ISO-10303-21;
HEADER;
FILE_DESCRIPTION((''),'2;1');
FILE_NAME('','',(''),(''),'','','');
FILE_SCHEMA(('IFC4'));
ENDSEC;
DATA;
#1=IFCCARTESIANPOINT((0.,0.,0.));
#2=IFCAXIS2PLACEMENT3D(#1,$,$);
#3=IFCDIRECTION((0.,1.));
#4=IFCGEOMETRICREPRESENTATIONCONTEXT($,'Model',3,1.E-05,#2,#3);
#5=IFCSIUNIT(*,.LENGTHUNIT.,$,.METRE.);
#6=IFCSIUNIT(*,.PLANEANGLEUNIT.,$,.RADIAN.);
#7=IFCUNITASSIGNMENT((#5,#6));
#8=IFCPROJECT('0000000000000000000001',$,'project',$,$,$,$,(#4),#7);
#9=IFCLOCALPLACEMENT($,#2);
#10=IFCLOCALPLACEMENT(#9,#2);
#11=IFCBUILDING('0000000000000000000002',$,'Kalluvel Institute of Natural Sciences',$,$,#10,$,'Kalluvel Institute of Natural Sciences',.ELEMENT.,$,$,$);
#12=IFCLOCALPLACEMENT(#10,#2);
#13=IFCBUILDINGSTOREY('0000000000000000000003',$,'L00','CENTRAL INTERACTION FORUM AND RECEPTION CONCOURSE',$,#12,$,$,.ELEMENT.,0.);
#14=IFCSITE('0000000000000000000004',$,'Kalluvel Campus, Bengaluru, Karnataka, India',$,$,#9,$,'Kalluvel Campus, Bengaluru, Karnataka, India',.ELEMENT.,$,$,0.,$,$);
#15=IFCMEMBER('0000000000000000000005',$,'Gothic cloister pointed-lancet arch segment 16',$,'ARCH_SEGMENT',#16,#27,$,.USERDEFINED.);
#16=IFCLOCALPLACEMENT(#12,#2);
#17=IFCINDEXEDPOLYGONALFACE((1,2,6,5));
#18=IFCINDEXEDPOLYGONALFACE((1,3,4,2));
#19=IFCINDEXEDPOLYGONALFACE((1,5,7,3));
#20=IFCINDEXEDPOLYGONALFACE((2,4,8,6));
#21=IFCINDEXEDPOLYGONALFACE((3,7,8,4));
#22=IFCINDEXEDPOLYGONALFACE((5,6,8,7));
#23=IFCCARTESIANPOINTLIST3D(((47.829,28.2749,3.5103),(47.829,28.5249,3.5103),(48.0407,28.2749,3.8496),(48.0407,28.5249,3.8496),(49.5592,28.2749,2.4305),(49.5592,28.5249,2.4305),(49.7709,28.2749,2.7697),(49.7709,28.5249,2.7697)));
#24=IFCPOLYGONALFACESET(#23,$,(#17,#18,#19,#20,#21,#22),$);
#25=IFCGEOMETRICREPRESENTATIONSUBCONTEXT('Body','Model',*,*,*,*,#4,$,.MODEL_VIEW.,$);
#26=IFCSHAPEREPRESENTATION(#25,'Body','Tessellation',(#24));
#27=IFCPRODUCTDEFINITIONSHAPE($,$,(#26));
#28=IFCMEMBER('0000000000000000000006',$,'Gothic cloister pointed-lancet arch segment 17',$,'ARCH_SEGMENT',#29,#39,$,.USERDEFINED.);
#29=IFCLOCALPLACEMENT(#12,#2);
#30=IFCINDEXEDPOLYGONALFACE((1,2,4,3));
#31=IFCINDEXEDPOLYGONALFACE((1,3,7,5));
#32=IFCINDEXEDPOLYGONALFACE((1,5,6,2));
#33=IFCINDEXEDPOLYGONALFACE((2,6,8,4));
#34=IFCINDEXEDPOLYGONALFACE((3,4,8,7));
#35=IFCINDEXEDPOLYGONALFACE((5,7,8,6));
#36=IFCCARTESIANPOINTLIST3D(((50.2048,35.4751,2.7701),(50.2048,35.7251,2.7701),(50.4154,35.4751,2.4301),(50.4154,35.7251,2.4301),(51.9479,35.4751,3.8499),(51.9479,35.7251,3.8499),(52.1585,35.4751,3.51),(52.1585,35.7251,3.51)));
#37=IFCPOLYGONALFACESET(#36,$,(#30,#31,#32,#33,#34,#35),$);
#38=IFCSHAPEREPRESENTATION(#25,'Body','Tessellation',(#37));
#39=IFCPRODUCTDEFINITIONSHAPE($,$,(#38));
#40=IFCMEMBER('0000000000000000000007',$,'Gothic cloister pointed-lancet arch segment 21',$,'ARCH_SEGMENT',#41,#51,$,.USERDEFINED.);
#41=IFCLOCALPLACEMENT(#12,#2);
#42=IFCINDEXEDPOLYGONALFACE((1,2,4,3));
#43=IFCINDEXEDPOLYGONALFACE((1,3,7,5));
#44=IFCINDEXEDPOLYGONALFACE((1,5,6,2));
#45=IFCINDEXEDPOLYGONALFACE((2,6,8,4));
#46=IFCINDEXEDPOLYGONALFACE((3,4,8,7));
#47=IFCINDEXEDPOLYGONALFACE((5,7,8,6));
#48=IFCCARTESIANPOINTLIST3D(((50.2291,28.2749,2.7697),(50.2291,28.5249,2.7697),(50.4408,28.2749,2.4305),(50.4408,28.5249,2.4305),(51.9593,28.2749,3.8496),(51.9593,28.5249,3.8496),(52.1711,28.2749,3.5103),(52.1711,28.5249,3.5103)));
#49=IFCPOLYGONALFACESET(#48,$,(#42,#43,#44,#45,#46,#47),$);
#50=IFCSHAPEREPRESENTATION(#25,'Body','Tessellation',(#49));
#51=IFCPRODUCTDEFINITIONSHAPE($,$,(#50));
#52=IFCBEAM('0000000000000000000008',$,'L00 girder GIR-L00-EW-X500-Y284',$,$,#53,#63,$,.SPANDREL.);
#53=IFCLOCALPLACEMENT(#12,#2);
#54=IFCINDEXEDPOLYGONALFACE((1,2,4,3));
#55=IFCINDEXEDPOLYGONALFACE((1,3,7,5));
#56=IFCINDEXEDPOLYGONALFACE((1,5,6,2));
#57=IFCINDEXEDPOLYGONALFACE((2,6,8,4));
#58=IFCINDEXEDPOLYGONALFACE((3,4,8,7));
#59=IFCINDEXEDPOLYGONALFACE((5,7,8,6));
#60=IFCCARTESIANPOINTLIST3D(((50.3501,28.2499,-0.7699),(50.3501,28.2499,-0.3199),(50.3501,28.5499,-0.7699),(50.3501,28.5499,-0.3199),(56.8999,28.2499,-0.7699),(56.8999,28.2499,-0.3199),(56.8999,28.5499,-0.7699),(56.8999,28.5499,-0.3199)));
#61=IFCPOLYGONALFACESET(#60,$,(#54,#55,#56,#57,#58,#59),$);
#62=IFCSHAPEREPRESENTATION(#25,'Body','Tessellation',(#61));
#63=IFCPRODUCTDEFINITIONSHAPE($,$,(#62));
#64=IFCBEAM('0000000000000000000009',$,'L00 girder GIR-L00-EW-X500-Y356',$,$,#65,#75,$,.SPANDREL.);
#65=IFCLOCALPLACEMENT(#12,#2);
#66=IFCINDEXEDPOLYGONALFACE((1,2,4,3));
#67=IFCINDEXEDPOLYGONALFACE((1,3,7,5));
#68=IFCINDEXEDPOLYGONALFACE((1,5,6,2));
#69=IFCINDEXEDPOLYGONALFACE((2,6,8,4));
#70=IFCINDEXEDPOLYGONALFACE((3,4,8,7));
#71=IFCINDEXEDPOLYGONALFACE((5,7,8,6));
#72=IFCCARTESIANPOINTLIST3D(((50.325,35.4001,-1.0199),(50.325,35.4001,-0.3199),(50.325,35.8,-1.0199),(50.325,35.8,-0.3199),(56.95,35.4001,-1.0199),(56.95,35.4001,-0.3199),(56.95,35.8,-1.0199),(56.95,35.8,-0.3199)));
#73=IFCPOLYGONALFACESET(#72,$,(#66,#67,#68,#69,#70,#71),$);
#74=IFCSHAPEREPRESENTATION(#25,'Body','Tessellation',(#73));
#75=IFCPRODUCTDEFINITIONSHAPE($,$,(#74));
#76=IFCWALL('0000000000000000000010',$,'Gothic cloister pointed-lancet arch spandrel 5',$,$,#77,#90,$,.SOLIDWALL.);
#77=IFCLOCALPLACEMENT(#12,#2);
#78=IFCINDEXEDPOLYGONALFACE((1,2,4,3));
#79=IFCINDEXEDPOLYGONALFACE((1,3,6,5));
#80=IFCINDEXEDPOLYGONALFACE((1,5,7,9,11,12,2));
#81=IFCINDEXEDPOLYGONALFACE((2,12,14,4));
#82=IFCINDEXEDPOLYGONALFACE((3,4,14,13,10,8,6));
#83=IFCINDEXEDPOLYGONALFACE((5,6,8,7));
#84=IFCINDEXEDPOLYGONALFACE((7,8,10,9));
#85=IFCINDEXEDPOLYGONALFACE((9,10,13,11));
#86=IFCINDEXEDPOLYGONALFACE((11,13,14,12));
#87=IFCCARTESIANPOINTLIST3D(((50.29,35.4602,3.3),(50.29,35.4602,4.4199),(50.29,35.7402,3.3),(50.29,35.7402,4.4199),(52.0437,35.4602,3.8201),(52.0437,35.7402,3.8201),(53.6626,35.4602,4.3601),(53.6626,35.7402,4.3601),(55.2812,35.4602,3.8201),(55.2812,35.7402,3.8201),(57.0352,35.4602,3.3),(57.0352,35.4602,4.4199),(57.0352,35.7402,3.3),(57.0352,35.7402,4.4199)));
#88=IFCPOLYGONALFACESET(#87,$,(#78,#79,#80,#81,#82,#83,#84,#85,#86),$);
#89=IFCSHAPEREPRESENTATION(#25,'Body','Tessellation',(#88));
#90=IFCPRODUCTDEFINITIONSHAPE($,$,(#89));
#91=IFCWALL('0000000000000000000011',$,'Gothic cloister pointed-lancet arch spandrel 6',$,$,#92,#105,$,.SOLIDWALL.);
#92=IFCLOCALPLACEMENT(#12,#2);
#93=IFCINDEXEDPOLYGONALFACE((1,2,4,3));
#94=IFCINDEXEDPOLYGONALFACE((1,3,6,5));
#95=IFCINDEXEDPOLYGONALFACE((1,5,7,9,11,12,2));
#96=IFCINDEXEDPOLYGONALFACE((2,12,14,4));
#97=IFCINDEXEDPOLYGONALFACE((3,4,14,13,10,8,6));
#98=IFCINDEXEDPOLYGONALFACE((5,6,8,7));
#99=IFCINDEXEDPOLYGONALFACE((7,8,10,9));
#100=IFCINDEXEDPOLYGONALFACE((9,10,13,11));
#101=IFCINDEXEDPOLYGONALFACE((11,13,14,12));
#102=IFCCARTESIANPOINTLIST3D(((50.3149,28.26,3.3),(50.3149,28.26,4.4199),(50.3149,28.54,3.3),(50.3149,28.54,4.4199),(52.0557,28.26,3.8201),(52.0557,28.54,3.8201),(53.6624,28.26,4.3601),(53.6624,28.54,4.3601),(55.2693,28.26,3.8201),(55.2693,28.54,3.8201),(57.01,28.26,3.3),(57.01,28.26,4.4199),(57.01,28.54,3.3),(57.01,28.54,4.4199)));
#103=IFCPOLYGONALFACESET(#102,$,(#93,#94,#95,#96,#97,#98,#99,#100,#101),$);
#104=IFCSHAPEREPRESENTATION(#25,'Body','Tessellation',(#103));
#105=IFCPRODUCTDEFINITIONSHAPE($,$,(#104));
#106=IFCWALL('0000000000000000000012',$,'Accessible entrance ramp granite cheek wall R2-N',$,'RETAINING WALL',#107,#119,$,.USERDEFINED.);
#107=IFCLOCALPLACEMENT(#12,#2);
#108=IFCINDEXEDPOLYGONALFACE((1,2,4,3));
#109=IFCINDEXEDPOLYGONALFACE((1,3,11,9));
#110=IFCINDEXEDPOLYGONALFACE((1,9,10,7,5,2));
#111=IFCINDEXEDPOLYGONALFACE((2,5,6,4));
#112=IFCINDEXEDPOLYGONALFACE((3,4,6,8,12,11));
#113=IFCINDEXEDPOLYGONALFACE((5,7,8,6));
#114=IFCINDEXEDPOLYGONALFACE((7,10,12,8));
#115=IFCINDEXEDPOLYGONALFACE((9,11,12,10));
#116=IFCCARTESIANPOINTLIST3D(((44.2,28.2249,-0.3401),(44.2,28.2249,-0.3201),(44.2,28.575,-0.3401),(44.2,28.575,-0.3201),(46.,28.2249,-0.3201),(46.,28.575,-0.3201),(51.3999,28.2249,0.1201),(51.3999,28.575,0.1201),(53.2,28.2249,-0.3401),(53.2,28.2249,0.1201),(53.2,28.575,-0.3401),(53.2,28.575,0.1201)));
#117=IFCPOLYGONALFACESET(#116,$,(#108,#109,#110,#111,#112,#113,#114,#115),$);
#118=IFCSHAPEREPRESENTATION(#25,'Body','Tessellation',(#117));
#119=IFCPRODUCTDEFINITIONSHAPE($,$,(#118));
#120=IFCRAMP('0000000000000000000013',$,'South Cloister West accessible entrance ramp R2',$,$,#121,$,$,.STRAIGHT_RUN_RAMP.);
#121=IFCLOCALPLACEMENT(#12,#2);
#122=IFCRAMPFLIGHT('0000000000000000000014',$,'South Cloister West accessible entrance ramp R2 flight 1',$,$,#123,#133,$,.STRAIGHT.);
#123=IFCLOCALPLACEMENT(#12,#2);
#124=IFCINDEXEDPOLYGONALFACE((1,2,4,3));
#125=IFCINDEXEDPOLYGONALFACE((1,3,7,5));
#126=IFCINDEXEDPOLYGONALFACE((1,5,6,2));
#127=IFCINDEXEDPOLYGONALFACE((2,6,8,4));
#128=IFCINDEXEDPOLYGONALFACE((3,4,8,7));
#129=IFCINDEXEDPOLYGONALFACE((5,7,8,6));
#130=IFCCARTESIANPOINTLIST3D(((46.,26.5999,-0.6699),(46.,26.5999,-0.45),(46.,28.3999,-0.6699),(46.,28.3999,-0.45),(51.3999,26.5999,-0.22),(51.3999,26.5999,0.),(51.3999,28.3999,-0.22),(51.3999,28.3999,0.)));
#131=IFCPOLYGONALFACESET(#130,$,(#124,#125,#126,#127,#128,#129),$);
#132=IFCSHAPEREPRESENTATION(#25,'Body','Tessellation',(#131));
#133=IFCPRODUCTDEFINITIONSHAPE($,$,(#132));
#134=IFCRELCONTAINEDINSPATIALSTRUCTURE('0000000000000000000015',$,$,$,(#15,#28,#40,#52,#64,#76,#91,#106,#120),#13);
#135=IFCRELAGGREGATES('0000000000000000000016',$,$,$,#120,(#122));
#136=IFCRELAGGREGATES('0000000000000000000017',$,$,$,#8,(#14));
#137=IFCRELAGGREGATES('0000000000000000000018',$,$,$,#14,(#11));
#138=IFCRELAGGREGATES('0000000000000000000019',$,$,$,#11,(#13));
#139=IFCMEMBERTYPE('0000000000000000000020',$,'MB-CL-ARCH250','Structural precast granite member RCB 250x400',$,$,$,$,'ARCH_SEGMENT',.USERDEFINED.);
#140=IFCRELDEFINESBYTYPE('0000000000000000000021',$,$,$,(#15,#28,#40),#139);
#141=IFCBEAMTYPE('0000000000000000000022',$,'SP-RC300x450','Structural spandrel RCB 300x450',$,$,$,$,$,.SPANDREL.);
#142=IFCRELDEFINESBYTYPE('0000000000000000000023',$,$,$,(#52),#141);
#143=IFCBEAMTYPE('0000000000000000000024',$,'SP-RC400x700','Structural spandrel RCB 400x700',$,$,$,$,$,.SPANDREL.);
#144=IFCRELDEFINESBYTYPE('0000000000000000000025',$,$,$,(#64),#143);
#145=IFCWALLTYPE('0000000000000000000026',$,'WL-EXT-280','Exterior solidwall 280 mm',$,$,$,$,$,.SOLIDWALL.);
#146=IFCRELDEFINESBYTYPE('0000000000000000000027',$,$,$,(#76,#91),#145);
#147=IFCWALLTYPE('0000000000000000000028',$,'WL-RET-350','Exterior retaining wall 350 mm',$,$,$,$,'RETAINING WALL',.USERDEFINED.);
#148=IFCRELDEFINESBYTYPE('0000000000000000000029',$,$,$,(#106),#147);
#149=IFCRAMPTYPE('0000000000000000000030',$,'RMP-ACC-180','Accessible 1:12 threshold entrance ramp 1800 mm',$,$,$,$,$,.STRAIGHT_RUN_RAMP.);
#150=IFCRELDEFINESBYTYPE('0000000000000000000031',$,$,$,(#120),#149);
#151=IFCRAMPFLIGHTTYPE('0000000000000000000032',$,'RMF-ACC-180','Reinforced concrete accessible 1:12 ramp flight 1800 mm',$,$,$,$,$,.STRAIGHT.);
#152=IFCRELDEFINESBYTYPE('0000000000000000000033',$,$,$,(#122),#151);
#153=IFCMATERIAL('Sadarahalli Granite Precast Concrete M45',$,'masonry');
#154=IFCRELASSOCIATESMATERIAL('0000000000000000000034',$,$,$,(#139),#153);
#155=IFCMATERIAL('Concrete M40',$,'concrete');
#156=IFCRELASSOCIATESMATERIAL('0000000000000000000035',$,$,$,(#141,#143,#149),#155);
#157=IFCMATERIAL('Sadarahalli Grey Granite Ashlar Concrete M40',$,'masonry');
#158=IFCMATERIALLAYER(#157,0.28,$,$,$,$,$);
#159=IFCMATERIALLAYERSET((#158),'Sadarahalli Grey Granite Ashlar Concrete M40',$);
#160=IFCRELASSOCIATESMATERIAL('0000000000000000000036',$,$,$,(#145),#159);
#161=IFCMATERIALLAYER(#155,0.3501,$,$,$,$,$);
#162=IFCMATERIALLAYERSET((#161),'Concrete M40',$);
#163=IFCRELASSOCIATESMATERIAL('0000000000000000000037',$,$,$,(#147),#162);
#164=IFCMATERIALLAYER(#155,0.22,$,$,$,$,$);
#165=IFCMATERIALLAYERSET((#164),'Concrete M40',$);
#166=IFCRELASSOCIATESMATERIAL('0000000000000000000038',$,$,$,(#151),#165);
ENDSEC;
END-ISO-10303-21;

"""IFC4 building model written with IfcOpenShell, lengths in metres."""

from ifc_helpers import new_model, si_unit, direction, frame, origin, origin_2d, place, context, subcontext, project, spatial, polyline, rectangle, outline, extrude, material, layer, layer_set, material_profile, profile_set, type_object, element, aggregate, save


model = new_model("IFC4")

# Units and contexts
model_context = context("Model", 3, precision=1e-05, world=origin(), true_north=direction((0.0, 1.0)))
body_context = subcontext(model_context, "Body", "Model", "MODEL_VIEW")
ifc_project = project(units=[si_unit("LENGTHUNIT", "METRE"), si_unit("PLANEANGLEUNIT", "RADIAN")], contexts=[model_context])

# Site, building, storey
site_placement = place(None, origin())
site = spatial("IfcSite", under=ifc_project, at=site_placement, Name="Kalluvel Campus, Bengaluru, Karnataka, India", LongName="Kalluvel Campus, Bengaluru, Karnataka, India", CompositionType="ELEMENT", RefElevation=0.0)
building_placement = place(site_placement, origin())
building = spatial("IfcBuilding", under=site, at=building_placement, Name="Kalluvel Institute of Natural Sciences", LongName="Kalluvel Institute of Natural Sciences", CompositionType="ELEMENT")
storey_placement = place(building_placement, origin())
storey = spatial("IfcBuildingStorey", under=building, at=storey_placement, Name="L00", Description="CENTRAL INTERACTION FORUM AND RECEPTION CONCOURSE", CompositionType="ELEMENT", Elevation=0.0)

# Shared definitions
ifc_material_1 = material(Name="Concrete M40", Category="concrete")

# Members
ifc_material_2 = material(Name="Sadarahalli Granite Precast Concrete M45", Category="masonry")
ifc_material_profile_1 = material_profile(ifc_material_2, rectangle(XDim=0.25, YDim=0.3999, at=origin_2d()), Name="RCB 250x400")
ifc_profile_set_1 = profile_set([ifc_material_profile_1], Name="Sadarahalli Granite Precast Concrete M45")
member_type = type_object("IfcMemberType", Name="MB-CL-ARCH250", Description="Structural precast granite member RCB 250x400", ElementType="ARCH_SEGMENT", PredefinedType="USERDEFINED", material=ifc_profile_set_1)
member_1_placement = place(storey_placement, frame((47.9348, 28.3999, 3.6799), z_axis=(0.848341, 0.0, -0.52945), x_axis=(0.0, 1.0, 0.0)))
element("IfcMember", 1, at=member_1_placement, inside=storey, type_object=member_type, Name="Gothic cloister pointed-lancet arch segment 16", ObjectType="ARCH_SEGMENT", PredefinedType="USERDEFINED", context=body_context, shape_type="SweptSolid", body=[
    extrude(rectangle(XDim=0.25, YDim=0.3999, at=origin_2d()), origin(), (0.0, 0.0, 1.0), 2.0396),
])
member_2_placement = place(storey_placement, frame((50.3101, 35.6001, 2.6001), z_axis=(0.850105, 0.0, 0.526613), x_axis=(0.0, 1.0, 0.0)))
element("IfcMember", 2, at=member_2_placement, inside=storey, type_object=member_type, Name="Gothic cloister pointed-lancet arch segment 17", ObjectType="ARCH_SEGMENT", PredefinedType="USERDEFINED", context=body_context, shape_type="SweptSolid", body=[
    extrude(rectangle(XDim=0.25, YDim=0.3999, at=origin_2d()), origin(), (0.0, 0.0, 1.0), 2.0505),
])
member_3_placement = place(storey_placement, frame((50.335, 28.3999, 2.6001), z_axis=(0.848341, 0.0, 0.52945), x_axis=(0.0, 1.0, 0.0)))
element("IfcMember", 3, at=member_3_placement, inside=storey, type_object=member_type, Name="Gothic cloister pointed-lancet arch segment 21", ObjectType="ARCH_SEGMENT", PredefinedType="USERDEFINED", context=body_context, shape_type="SweptSolid", body=[
    extrude(rectangle(XDim=0.25, YDim=0.3999, at=origin_2d()), origin(), (0.0, 0.0, 1.0), 2.0396),
])

# Beams
ifc_material_profile_2 = material_profile(ifc_material_1, rectangle(XDim=0.3, YDim=0.45, at=origin_2d()), Name="RCB 300x450")
ifc_profile_set_2 = profile_set([ifc_material_profile_2], Name="Concrete M40")
beam_type_1 = type_object("IfcBeamType", Name="SP-RC300x450", Description="Structural spandrel RCB 300x450", PredefinedType="SPANDREL", material=ifc_profile_set_2)
beam_1_placement = place(storey_placement, frame((50.3501, 28.3999, -0.5449), z_axis=(1.0, 0.0, 0.0), x_axis=(0.0, 1.0, 0.0)))
element("IfcBeam", 4, at=beam_1_placement, inside=storey, type_object=beam_type_1, Name="L00 girder GIR-L00-EW-X500-Y284", PredefinedType="SPANDREL", context=body_context, shape_type="SweptSolid", body=[
    extrude(rectangle(XDim=0.3, YDim=0.45, at=origin_2d()), origin(), (0.0, 0.0, 1.0), 6.5498),
])
ifc_material_profile_3 = material_profile(ifc_material_1, rectangle(XDim=0.3999, YDim=0.7, at=origin_2d()), Name="RCB 400x700")
ifc_profile_set_3 = profile_set([ifc_material_profile_3], Name="Concrete M40")
beam_type_2 = type_object("IfcBeamType", Name="SP-RC400x700", Description="Structural spandrel RCB 400x700", PredefinedType="SPANDREL", material=ifc_profile_set_3)
beam_2_placement = place(storey_placement, frame((50.325, 35.6001, -0.6699), z_axis=(1.0, 0.0, 0.0), x_axis=(0.0, 1.0, 0.0)))
element("IfcBeam", 5, at=beam_2_placement, inside=storey, type_object=beam_type_2, Name="L00 girder GIR-L00-EW-X500-Y356", PredefinedType="SPANDREL", context=body_context, shape_type="SweptSolid", body=[
    extrude(rectangle(XDim=0.3999, YDim=0.7, at=origin_2d()), origin(), (0.0, 0.0, 1.0), 6.625),
])

# Walls
ifc_material_3 = material(Name="Sadarahalli Grey Granite Ashlar Concrete M40", Category="masonry")
ifc_layer_1 = layer(ifc_material_3, 0.28)
ifc_layer_set_1 = layer_set([ifc_layer_1], Name="Sadarahalli Grey Granite Ashlar Concrete M40")
wall_type_1 = type_object("IfcWallType", Name="WL-EXT-280", Description="Exterior solidwall 280 mm", PredefinedType="SOLIDWALL", material=ifc_layer_set_1)
wall_1_placement = place(storey_placement, frame((50.29, 35.6001, 3.3), z_axis=(0.0, 0.0, 1.0), x_axis=(1.0, 0.0, 0.0)))
element("IfcWall", 6, at=wall_1_placement, inside=storey, type_object=wall_type_1, Name="Gothic cloister pointed-lancet arch spandrel 5", PredefinedType="SOLIDWALL", context=body_context, shape_type="SweptSolid", body=[
    extrude(outline(polyline([(0.0, 0.0), (1.7537, 0.52), (3.3726, 1.0601), (4.9912, 0.52), (6.7451, 0.0), (6.7451, 1.1199), (0.0, 1.1199), (0.0, 0.0)])), frame((0.0, 0.1401, 0.0), z_axis=(0.0, -1.0, 0.0), x_axis=(1.0, 0.0, 0.0)), (0.0, 0.0, 1.0), 0.28),
])
wall_2_placement = place(storey_placement, frame((50.3149, 28.3999, 3.3), z_axis=(0.0, 0.0, 1.0), x_axis=(1.0, 0.0, 0.0)))
element("IfcWall", 7, at=wall_2_placement, inside=storey, type_object=wall_type_1, Name="Gothic cloister pointed-lancet arch spandrel 6", PredefinedType="SOLIDWALL", context=body_context, shape_type="SweptSolid", body=[
    extrude(outline(polyline([(0.0, 0.0), (1.7407, 0.52), (3.3474, 1.0601), (4.9543, 0.52), (6.6951, 0.0), (6.6951, 1.1199), (0.0, 1.1199), (0.0, 0.0)])), frame((0.0, 0.1401, 0.0), z_axis=(0.0, -1.0, 0.0), x_axis=(1.0, 0.0, 0.0)), (0.0, 0.0, 1.0), 0.28),
])
ifc_layer_2 = layer(ifc_material_1, 0.3501)
ifc_layer_set_2 = layer_set([ifc_layer_2], Name="Concrete M40")
wall_type_2 = type_object("IfcWallType", Name="WL-RET-350", Description="Exterior retaining wall 350 mm", ElementType="RETAINING WALL", PredefinedType="USERDEFINED", material=ifc_layer_set_2)
wall_3_placement = place(storey_placement, frame((44.2, 28.3999, -0.3401), z_axis=(0.0, 0.0, 1.0), x_axis=(1.0, 0.0, 0.0)))
element("IfcWall", 8, at=wall_3_placement, inside=storey, type_object=wall_type_2, Name="Accessible entrance ramp granite cheek wall R2-N", ObjectType="RETAINING WALL", PredefinedType="USERDEFINED", context=body_context, shape_type="SweptSolid", body=[
    extrude(outline(polyline([(0.0, 0.0), (9.0, 0.0), (9.0, 0.4602), (7.2, 0.4602), (1.8, 0.02), (0.0, 0.02), (0.0, 0.0)])), frame((0.0, 0.175, 0.0), z_axis=(0.0, -1.0, 0.0), x_axis=(1.0, 0.0, 0.0)), (0.0, 0.0, 1.0), 0.3501),
])

# Ramp, ramp flight
ramp_type = type_object("IfcRampType", Name="RMP-ACC-180", Description="Accessible 1:12 threshold entrance ramp 1800 mm", PredefinedType="STRAIGHT_RUN_RAMP", material=ifc_material_1)
ramp_placement = place(storey_placement, origin())
ramp = element("IfcRamp", 9, at=ramp_placement, inside=storey, type_object=ramp_type, Name="South Cloister West accessible entrance ramp R2", PredefinedType="STRAIGHT_RUN_RAMP")
ifc_layer_3 = layer(ifc_material_1, 0.22)
ifc_layer_set_3 = layer_set([ifc_layer_3], Name="Concrete M40")
ramp_flight_type = type_object("IfcRampFlightType", Name="RMF-ACC-180", Description="Reinforced concrete accessible 1:12 ramp flight 1800 mm", PredefinedType="STRAIGHT", material=ifc_layer_set_3)
ramp_flight_placement = place(storey_placement, frame((46.0, 27.5, -0.45), z_axis=(0.0, 0.0, 1.0), x_axis=(1.0, 0.0, 0.0)))
ramp_flight = element("IfcRampFlight", 10, at=ramp_flight_placement, type_object=ramp_flight_type, Name="South Cloister West accessible entrance ramp R2 flight 1", PredefinedType="STRAIGHT", context=body_context, shape_type="SweptSolid", body=[
    extrude(outline(polyline([(0.0, -0.22), (0.0, 0.0), (5.3999, 0.45), (5.3999, 0.23), (0.0, -0.22)])), frame((0.0, 0.8999, 0.0), z_axis=(0.0, -1.0, 0.0), x_axis=(1.0, 0.0, 0.0)), (0.0, 0.0, 1.0), 1.8),
])
aggregate(ramp, [ramp_flight])

save(model, "model.ifc")
